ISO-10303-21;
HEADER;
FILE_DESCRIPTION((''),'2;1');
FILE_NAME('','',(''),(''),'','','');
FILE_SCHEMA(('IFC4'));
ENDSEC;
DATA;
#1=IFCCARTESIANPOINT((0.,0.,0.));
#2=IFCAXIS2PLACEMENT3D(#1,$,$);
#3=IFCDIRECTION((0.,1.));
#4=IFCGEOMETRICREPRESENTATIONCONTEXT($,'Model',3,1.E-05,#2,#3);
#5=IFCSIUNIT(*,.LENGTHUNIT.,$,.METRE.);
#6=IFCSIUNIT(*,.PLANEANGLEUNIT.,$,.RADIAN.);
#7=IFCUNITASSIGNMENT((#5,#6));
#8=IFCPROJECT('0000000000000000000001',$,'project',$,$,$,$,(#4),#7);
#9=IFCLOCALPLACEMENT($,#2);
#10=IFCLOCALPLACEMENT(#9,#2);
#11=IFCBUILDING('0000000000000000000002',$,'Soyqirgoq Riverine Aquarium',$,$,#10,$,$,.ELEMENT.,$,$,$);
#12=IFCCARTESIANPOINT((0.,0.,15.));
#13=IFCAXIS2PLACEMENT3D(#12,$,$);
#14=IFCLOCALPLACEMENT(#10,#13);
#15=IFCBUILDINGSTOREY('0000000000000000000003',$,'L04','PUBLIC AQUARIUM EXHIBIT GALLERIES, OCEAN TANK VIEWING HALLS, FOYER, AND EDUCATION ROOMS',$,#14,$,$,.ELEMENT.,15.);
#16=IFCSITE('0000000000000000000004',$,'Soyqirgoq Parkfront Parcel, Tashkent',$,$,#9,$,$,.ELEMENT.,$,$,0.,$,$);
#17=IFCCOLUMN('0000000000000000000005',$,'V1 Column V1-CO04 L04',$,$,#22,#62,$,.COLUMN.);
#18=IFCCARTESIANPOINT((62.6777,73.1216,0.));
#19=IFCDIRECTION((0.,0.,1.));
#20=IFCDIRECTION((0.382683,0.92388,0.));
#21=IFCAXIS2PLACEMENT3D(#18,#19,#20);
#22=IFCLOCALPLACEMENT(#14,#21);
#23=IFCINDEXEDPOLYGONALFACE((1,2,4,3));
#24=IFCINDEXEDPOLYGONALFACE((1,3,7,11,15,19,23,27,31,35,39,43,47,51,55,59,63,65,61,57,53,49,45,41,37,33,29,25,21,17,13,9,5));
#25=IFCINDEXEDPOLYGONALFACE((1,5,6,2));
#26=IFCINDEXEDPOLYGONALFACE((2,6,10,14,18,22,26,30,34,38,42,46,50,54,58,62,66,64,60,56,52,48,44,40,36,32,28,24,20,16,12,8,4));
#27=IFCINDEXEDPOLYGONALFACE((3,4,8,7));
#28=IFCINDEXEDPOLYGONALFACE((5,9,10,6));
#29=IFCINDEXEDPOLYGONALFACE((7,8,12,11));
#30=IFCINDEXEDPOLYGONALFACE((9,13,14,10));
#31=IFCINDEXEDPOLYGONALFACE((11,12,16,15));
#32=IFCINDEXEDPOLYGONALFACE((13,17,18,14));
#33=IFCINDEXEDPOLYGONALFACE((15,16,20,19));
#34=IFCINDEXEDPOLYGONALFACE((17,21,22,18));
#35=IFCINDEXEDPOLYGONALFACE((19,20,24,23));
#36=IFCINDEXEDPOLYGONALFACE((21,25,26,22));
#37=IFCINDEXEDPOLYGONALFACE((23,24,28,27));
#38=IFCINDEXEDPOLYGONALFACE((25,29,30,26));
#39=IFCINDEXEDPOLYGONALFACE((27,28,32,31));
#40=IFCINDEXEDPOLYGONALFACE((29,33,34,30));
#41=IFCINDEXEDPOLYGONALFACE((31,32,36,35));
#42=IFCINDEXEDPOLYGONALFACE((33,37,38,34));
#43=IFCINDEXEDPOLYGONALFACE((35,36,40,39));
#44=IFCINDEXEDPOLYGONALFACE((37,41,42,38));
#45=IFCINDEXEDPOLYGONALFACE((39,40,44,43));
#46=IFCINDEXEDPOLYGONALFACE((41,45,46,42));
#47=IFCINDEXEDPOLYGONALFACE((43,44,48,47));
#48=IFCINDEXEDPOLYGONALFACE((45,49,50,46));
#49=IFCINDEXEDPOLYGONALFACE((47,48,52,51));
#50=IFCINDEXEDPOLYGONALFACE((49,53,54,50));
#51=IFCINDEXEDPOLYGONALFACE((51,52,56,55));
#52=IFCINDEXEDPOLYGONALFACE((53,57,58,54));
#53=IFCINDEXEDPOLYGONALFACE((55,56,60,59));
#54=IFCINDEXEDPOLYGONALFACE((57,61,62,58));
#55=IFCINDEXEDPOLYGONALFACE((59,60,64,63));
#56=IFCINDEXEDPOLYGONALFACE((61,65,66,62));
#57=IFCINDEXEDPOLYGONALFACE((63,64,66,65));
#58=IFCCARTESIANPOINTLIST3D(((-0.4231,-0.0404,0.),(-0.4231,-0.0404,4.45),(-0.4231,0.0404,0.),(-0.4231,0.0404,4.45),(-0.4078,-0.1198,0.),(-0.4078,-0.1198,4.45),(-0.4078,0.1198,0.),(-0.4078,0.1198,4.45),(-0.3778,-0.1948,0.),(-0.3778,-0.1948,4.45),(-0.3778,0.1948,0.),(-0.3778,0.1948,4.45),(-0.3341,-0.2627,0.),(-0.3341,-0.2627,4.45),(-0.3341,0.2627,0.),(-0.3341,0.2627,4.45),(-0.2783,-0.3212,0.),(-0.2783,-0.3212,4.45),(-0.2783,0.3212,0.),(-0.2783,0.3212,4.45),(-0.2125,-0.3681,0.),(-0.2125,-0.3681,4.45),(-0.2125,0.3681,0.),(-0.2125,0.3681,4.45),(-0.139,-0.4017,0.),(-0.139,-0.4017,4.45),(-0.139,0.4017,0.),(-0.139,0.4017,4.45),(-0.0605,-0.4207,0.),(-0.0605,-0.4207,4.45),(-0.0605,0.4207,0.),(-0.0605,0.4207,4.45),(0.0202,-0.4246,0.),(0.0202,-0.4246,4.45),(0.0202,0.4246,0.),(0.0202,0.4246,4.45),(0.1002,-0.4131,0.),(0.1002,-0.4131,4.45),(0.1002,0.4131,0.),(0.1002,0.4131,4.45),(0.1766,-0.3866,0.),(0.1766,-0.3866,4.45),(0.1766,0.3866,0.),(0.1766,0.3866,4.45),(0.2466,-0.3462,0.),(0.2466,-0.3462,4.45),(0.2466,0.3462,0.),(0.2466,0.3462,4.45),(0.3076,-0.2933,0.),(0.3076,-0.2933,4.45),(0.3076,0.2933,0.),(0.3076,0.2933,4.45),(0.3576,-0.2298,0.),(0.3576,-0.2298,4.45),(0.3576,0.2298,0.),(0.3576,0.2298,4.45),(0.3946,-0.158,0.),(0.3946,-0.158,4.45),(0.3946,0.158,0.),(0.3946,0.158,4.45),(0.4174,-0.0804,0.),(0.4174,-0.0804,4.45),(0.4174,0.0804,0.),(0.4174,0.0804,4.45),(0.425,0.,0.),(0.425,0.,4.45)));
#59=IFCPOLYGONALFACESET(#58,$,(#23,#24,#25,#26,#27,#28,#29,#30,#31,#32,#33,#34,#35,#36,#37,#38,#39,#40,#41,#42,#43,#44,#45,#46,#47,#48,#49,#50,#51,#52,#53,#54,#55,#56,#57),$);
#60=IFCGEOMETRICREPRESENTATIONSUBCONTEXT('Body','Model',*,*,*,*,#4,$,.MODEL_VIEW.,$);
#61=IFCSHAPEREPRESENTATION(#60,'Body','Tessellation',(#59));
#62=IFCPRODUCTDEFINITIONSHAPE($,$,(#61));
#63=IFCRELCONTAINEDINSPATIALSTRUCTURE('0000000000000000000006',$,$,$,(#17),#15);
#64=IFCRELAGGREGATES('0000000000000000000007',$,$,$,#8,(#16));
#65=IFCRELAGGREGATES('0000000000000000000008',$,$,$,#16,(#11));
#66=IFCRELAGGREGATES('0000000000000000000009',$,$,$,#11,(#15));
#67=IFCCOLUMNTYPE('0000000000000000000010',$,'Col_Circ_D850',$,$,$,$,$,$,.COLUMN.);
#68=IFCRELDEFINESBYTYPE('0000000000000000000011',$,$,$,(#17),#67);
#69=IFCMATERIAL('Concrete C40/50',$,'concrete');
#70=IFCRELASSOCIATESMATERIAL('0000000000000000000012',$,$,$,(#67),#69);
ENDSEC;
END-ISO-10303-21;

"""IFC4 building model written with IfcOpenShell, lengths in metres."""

from ifc_helpers import new_model, si_unit, direction, frame, origin, origin_2d, place, context, subcontext, project, spatial, circle, extrude, material, material_profile, profile_set, type_object, element, save


model = new_model("IFC4")

# Units and contexts
model_context = context("Model", 3, precision=1e-05, world=origin(), true_north=direction((0.0, 1.0)))
body_context = subcontext(model_context, "Body", "Model", "MODEL_VIEW")
ifc_project = project(units=[si_unit("LENGTHUNIT", "METRE"), si_unit("PLANEANGLEUNIT", "RADIAN")], contexts=[model_context])

# Site, building, storey
site_placement = place(None, origin())
site = spatial("IfcSite", under=ifc_project, at=site_placement, Name="Soyqirgoq Parkfront Parcel, Tashkent", CompositionType="ELEMENT", RefElevation=0.0)
building_placement = place(site_placement, origin())
building = spatial("IfcBuilding", under=site, at=building_placement, Name="Soyqirgoq Riverine Aquarium", CompositionType="ELEMENT")
storey_placement = place(building_placement, frame((0.0, 0.0, 15.0)))
storey = spatial("IfcBuildingStorey", under=building, at=storey_placement, Name="L04", Description="PUBLIC AQUARIUM EXHIBIT GALLERIES, OCEAN TANK VIEWING HALLS, FOYER, AND EDUCATION ROOMS", CompositionType="ELEMENT", Elevation=15.0)

# Column
ifc_material_1 = material(Name="Concrete C40/50", Category="concrete")
ifc_material_profile_1 = material_profile(ifc_material_1, circle(Radius=0.425, at=origin_2d()), Name="RC-COL D850")
ifc_profile_set_1 = profile_set([ifc_material_profile_1], Name="Concrete C40/50")
column_type_1 = type_object("IfcColumnType", Name="Col_Circ_D850", PredefinedType="COLUMN", material=ifc_profile_set_1)
column_1_placement = place(storey_placement, frame((62.6777, 73.1216, 0.0), z_axis=(0.0, 0.0, 1.0), x_axis=(0.382683, 0.92388, 0.0)))
element("IfcColumn", 1, at=column_1_placement, inside=storey, type_object=column_type_1, Name="V1 Column V1-CO04 L04", PredefinedType="COLUMN", context=body_context, shape_type="SweptSolid", body=[
    extrude(circle(Radius=0.425, at=origin_2d()), origin(), (0.0, 0.0, 1.0), 4.45),
])

save(model, "model.ifc")
